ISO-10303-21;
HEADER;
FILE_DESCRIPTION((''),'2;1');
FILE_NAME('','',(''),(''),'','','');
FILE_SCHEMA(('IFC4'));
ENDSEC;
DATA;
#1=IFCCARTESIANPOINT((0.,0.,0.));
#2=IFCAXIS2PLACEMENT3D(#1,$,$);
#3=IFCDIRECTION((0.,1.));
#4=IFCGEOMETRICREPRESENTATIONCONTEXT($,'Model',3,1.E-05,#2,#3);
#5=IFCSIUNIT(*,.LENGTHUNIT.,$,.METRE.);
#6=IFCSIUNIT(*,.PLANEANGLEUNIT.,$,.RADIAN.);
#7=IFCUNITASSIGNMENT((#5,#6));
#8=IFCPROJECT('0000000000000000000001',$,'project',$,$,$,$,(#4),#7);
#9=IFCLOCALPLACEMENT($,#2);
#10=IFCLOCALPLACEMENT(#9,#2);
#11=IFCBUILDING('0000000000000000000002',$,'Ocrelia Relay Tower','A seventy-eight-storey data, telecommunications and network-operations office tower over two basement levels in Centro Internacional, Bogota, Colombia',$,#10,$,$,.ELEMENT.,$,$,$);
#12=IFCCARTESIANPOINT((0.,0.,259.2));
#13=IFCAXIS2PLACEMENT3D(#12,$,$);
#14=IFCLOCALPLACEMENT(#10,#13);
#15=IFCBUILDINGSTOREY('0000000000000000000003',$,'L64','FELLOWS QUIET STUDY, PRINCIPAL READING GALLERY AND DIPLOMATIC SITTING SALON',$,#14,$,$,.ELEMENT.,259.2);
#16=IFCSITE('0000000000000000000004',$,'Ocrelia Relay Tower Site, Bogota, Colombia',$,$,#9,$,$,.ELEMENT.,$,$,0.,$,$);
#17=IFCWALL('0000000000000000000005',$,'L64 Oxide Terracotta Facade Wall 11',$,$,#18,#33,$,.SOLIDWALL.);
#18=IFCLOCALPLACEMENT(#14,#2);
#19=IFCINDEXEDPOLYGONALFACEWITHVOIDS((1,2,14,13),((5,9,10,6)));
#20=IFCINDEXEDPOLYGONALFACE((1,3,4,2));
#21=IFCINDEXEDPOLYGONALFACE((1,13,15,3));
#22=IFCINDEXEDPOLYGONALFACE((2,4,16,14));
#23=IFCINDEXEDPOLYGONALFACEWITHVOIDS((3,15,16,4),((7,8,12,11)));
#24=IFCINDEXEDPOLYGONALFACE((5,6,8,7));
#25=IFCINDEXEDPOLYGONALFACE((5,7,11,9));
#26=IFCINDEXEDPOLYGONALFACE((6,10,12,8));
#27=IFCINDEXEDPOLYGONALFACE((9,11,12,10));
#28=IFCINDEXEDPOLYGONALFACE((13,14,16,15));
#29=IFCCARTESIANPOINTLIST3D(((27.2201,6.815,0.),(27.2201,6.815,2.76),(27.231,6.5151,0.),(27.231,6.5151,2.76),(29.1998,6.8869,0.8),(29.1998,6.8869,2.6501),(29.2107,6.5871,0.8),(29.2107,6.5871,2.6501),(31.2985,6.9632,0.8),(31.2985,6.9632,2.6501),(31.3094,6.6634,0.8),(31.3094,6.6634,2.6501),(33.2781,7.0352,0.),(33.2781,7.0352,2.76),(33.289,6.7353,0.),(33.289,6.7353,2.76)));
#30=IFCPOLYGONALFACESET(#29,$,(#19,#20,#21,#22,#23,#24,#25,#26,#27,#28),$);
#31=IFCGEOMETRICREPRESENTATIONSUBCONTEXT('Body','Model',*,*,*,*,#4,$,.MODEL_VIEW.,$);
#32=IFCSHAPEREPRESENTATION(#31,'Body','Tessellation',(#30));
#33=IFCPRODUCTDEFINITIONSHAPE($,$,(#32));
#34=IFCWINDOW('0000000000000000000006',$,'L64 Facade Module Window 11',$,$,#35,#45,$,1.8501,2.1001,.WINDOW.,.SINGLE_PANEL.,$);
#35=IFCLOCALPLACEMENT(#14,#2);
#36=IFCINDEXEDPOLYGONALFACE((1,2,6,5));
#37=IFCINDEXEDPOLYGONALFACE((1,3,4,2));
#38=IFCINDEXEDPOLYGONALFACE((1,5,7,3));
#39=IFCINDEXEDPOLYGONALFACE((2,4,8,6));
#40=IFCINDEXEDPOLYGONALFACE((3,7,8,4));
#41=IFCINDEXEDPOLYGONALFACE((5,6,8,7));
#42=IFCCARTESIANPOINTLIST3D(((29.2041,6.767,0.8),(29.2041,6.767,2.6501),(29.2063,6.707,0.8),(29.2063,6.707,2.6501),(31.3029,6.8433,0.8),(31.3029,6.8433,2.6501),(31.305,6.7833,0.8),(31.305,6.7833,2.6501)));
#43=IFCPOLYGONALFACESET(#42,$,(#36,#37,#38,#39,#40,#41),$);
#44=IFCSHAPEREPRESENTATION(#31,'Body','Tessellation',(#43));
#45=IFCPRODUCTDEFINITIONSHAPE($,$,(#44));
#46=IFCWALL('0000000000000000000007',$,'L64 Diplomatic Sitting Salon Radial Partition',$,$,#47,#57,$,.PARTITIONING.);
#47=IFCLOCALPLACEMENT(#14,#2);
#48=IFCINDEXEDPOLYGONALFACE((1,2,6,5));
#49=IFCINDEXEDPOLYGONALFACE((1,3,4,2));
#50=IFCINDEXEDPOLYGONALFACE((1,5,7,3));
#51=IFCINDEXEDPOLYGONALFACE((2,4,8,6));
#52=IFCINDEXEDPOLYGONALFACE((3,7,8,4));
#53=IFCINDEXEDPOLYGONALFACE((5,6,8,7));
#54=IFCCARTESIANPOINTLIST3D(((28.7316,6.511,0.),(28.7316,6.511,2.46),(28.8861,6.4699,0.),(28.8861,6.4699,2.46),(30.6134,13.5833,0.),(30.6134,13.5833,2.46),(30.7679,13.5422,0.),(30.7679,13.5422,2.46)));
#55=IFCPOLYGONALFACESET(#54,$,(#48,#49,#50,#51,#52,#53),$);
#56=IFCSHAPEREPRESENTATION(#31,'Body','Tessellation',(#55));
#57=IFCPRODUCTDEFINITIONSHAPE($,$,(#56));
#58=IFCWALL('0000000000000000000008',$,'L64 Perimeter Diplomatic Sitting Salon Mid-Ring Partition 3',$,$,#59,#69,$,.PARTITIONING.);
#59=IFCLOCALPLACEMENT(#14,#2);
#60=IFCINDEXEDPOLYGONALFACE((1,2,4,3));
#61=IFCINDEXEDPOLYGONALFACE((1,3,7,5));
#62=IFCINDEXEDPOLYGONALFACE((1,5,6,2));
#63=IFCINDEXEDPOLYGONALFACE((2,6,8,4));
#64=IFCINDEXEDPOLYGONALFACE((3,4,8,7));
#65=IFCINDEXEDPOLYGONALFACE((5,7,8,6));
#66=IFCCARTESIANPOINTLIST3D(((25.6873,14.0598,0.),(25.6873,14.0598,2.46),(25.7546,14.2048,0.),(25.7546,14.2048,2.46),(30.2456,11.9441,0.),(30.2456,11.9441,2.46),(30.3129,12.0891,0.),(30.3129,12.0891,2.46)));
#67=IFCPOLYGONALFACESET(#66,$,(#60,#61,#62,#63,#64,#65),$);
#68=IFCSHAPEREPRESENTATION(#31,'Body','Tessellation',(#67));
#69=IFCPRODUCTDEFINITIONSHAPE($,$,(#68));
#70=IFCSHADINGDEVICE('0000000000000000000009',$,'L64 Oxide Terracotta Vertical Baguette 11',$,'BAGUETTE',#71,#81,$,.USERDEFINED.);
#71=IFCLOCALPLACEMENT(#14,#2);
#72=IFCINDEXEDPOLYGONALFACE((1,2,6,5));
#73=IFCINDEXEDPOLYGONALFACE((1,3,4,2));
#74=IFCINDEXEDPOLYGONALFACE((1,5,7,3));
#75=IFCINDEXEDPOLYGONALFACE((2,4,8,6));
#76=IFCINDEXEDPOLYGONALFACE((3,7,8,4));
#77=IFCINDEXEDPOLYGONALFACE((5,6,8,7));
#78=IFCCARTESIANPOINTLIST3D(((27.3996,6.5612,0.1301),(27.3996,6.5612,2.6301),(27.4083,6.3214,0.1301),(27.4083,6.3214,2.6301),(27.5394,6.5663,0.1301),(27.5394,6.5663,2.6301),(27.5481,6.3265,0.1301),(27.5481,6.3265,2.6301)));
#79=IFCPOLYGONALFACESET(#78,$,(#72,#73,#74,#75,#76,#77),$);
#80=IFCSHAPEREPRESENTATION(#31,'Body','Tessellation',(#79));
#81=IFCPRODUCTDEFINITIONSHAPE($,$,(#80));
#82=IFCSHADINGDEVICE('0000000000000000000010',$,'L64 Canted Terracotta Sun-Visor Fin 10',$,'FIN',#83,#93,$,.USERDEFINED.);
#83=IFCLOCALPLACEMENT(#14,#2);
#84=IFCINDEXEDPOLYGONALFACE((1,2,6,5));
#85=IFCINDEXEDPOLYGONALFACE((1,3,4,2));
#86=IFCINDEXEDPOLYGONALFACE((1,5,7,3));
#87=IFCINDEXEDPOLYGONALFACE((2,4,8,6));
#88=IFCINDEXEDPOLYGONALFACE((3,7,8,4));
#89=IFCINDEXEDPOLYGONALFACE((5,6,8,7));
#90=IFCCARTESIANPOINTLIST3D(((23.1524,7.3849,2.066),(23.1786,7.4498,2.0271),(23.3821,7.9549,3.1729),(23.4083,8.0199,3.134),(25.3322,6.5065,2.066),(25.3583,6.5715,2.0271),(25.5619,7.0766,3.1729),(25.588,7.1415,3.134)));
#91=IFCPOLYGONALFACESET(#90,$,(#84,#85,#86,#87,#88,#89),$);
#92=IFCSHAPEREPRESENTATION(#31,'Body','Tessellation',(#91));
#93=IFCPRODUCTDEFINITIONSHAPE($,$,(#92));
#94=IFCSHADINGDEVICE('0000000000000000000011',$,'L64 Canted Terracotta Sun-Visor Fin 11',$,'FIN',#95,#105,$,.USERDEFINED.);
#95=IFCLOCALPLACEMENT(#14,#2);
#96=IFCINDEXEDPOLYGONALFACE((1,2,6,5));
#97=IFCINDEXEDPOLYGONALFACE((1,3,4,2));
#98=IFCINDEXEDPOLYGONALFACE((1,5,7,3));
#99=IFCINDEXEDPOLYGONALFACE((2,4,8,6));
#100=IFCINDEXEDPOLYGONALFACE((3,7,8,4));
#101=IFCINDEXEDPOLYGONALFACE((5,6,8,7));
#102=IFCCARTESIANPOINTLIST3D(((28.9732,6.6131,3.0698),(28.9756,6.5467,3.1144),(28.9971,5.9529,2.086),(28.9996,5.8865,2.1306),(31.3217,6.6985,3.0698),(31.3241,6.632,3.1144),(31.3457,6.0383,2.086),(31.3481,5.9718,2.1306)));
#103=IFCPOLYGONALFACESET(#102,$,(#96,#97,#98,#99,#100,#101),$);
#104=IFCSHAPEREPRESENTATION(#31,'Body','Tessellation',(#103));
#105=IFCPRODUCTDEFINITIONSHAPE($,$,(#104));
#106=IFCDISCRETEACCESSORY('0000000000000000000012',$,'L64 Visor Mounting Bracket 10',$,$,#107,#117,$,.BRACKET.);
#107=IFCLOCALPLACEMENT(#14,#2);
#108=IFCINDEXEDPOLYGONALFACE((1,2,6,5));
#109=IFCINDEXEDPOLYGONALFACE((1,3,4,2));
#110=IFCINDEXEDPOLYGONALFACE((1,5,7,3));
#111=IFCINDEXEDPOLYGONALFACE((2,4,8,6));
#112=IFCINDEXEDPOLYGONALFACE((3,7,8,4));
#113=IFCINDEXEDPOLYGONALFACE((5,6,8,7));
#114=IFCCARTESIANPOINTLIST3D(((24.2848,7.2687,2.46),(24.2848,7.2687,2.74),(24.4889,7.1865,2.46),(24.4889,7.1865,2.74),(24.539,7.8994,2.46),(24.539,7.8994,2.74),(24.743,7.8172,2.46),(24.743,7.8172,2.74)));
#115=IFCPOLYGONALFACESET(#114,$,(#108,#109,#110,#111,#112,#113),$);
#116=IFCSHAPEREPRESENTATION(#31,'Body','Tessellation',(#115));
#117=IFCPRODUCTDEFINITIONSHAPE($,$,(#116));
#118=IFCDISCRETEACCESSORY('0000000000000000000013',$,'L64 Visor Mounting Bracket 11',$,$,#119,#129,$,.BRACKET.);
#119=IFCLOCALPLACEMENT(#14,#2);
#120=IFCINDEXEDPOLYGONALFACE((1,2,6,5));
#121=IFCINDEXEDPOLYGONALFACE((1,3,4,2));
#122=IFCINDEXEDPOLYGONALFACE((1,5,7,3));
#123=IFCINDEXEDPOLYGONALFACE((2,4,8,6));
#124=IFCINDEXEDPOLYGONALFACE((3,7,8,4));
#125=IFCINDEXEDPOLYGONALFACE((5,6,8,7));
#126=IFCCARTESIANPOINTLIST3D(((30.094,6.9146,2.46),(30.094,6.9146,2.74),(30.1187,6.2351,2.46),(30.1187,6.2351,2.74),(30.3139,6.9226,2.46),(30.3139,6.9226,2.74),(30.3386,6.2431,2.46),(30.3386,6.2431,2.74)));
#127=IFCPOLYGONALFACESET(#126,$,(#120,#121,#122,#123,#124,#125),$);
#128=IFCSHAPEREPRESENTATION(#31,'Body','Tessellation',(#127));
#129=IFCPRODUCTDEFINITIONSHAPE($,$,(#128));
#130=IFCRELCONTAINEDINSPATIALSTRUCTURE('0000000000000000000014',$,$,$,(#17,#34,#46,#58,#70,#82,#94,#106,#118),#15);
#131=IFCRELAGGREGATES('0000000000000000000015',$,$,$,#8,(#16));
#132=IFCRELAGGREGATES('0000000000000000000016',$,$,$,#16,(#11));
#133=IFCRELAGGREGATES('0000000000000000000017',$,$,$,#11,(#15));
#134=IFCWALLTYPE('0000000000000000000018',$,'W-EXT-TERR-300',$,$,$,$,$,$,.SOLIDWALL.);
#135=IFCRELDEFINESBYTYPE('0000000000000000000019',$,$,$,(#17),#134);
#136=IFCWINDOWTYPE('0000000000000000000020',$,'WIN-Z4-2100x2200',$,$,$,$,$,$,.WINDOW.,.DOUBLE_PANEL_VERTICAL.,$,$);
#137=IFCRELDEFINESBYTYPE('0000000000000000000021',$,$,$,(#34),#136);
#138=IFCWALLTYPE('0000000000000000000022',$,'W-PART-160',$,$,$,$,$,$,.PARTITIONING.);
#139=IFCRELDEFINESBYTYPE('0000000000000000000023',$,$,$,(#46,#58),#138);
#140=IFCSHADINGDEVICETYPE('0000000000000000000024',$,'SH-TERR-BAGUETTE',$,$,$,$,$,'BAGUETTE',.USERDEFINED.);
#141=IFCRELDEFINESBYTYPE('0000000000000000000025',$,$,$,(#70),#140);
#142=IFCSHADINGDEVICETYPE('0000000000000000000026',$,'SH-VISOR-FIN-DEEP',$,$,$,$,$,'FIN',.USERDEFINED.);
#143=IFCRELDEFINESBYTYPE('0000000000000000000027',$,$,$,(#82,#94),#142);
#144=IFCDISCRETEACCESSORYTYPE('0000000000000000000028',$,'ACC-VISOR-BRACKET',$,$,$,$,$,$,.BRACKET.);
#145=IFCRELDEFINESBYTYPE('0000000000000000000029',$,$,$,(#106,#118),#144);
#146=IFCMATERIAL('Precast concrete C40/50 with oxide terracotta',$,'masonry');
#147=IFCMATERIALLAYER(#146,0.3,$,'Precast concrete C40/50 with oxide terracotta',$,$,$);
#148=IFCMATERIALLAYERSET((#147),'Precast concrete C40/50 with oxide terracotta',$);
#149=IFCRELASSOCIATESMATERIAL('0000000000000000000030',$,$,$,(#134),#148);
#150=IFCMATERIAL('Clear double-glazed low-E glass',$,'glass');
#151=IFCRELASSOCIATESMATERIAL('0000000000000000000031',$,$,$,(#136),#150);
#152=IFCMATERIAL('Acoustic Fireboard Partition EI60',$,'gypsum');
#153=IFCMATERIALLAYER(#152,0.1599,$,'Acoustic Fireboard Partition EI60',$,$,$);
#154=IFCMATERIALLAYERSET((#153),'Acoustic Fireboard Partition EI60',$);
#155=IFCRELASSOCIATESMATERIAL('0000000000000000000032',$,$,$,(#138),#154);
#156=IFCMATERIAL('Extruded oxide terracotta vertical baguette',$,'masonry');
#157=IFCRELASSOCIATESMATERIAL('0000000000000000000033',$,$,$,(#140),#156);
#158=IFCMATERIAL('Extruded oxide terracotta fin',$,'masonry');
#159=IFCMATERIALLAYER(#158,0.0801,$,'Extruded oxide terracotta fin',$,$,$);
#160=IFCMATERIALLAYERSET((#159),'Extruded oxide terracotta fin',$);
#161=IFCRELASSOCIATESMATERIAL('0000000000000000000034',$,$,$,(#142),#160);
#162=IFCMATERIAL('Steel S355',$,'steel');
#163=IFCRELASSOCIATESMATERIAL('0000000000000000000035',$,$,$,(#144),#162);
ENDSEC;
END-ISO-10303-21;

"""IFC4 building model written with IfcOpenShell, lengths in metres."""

from ifc_helpers import new_model, si_unit, direction, frame, frame_2d, origin, origin_2d, place, context, subcontext, project, spatial, rectangle, extrude, material, layer, layer_set, type_object, element, fill, save


model = new_model("IFC4")

# Units and contexts
model_context = context("Model", 3, precision=1e-05, world=origin(), true_north=direction((0.0, 1.0)))
body_context = subcontext(model_context, "Body", "Model", "MODEL_VIEW")
ifc_project = project(units=[si_unit("LENGTHUNIT", "METRE"), si_unit("PLANEANGLEUNIT", "RADIAN")], contexts=[model_context])

# Site, building, storey
site_placement = place(None, origin())
site = spatial("IfcSite", under=ifc_project, at=site_placement, Name="Ocrelia Relay Tower Site, Bogota, Colombia", CompositionType="ELEMENT", RefElevation=0.0)
building_placement = place(site_placement, origin())
building = spatial("IfcBuilding", under=site, at=building_placement, Name="Ocrelia Relay Tower", Description="A seventy-eight-storey data, telecommunications and network-operations office tower over two basement levels in Centro Internacional, Bogota, Colombia", CompositionType="ELEMENT")
storey_placement = place(building_placement, frame((0.0, 0.0, 259.2)))
storey = spatial("IfcBuildingStorey", under=building, at=storey_placement, Name="L64", Description="FELLOWS QUIET STUDY, PRINCIPAL READING GALLERY AND DIPLOMATIC SITTING SALON", CompositionType="ELEMENT", Elevation=259.2)

# Shared definitions
ifc_material_1 = material(Name="Steel S355", Category="steel")

# Shared definitions
ifc_material_2 = material(Name="Clear double-glazed low-E glass", Category="glass")

# Wall, opening, window
ifc_material_3 = material(Name="Precast concrete C40/50 with oxide terracotta", Category="masonry")
ifc_layer_1 = layer(ifc_material_3, 0.3, Name="Precast concrete C40/50 with oxide terracotta")
ifc_layer_set_1 = layer_set([ifc_layer_1], Name="Precast concrete C40/50 with oxide terracotta")
wall_type_1 = type_object("IfcWallType", Name="W-EXT-TERR-300", PredefinedType="SOLIDWALL", material=ifc_layer_set_1)
wall_1_placement = place(storey_placement, frame((27.2256, 6.665, 0.0), z_axis=(0.0, 0.0, 1.0), x_axis=(0.99934, 0.036326, 0.0)))
wall_1 = element("IfcWall", 1, at=wall_1_placement, inside=storey, type_object=wall_type_1, Name="L64 Oxide Terracotta Facade Wall 11", PredefinedType="SOLIDWALL", context=body_context, shape_type="SweptSolid", body=[
    extrude(rectangle(XDim=6.062, YDim=0.3, at=frame_2d((3.031, 0.0))), origin(), (0.0, 0.0, 1.0), 2.76),
])
opening_1_placement = place(wall_1_placement, frame((1.981, 0.0, 0.8)))
opening_1 = element("IfcOpeningElement", 2, at=opening_1_placement, cuts=wall_1, PredefinedType="OPENING", context=body_context, shape_type="SweptSolid", body=[
    extrude(rectangle(XDim=2.1001, YDim=1.8501, at=frame_2d((1.05, 0.925))), frame((0.0, 0.1602, 0.0), z_axis=(0.0, -1.0, 0.0), x_axis=(1.0, 0.0, 0.0)), (0.0, 0.0, 1.0), 0.3201),
])
window_type = type_object("IfcWindowType", Name="WIN-Z4-2100x2200", PartitioningType="DOUBLE_PANEL_VERTICAL", PredefinedType="WINDOW", material=ifc_material_2)
window_placement = place(opening_1_placement, origin())
window = element("IfcWindow", 3, at=window_placement, inside=storey, type_object=window_type, Name="L64 Facade Module Window 11", OverallHeight=1.8501, OverallWidth=2.1001, PartitioningType="SINGLE_PANEL", PredefinedType="WINDOW", context=body_context, shape_type="SweptSolid", body=[
    extrude(rectangle(XDim=2.1001, YDim=1.8501, at=frame_2d((1.05, 0.925))), frame((0.0, 0.03, 0.0), z_axis=(0.0, -1.0, 0.0), x_axis=(1.0, 0.0, 0.0)), (0.0, 0.0, 1.0), 0.0601),
])
fill(opening_1, window)

# Wall
ifc_material_4 = material(Name="Acoustic Fireboard Partition EI60", Category="gypsum")
ifc_layer_2 = layer(ifc_material_4, 0.1599, Name="Acoustic Fireboard Partition EI60")
ifc_layer_set_2 = layer_set([ifc_layer_2], Name="Acoustic Fireboard Partition EI60")
wall_type_2 = type_object("IfcWallType", Name="W-PART-160", PredefinedType="PARTITIONING", material=ifc_layer_set_2)
wall_2_placement = place(storey_placement, frame((30.6907, 13.5627, 0.0), z_axis=(0.0, 0.0, 1.0), x_axis=(-0.257139, -0.966374, 0.0)))
element("IfcWall", 4, at=wall_2_placement, inside=storey, type_object=wall_type_2, Name="L64 Diplomatic Sitting Salon Radial Partition", PredefinedType="PARTITIONING", context=body_context, shape_type="SweptSolid", body=[
    extrude(rectangle(XDim=7.3184, YDim=0.1599, at=frame_2d((3.6592, 0.0))), origin(), (0.0, 0.0, 1.0), 2.46),
])

# Wall
wall_3_placement = place(storey_placement, frame((25.7209, 14.1323, 0.0), z_axis=(0.0, 0.0, 1.0), x_axis=(0.907059, -0.421004, 0.0)))
element("IfcWall", 5, at=wall_3_placement, inside=storey, type_object=wall_type_2, Name="L64 Perimeter Diplomatic Sitting Salon Mid-Ring Partition 3", PredefinedType="PARTITIONING", context=body_context, shape_type="SweptSolid", body=[
    extrude(rectangle(XDim=5.0254, YDim=0.1599, at=frame_2d((2.5127, 0.0))), origin(), (0.0, 0.0, 1.0), 2.46),
])

# Shading devices
ifc_material_5 = material(Name="Extruded oxide terracotta vertical baguette", Category="masonry")
shading_device_type_1 = type_object("IfcShadingDeviceType", Name="SH-TERR-BAGUETTE", ElementType="BAGUETTE", PredefinedType="USERDEFINED", material=ifc_material_5)
shading_device_1_placement = place(storey_placement, frame((27.4739, 6.4438, 0.1301), z_axis=(0.0, 0.0, 1.0), x_axis=(0.99934, 0.036325, 0.0)))
element("IfcShadingDevice", 6, at=shading_device_1_placement, inside=storey, type_object=shading_device_type_1, Name="L64 Oxide Terracotta Vertical Baguette 11", ObjectType="BAGUETTE", PredefinedType="USERDEFINED", context=body_context, shape_type="SweptSolid", body=[
    extrude(rectangle(XDim=0.1399, YDim=0.24, at=origin_2d()), origin(), (0.0, 0.0, 1.0), 2.5),
])
ifc_material_6 = material(Name="Extruded oxide terracotta fin", Category="masonry")
ifc_layer_3 = layer(ifc_material_6, 0.0801, Name="Extruded oxide terracotta fin")
ifc_layer_set_3 = layer_set([ifc_layer_3], Name="Extruded oxide terracotta fin")
shading_device_type_2 = type_object("IfcShadingDeviceType", Name="SH-VISOR-FIN-DEEP", ElementType="FIN", PredefinedType="USERDEFINED", material=ifc_layer_set_3)
shading_device_2_placement = place(storey_placement, frame((24.3833, 7.2957, 2.5806), z_axis=(-0.326764, -0.810921, 0.48542), x_axis=(0.927529, -0.373751, 0.0)))
element("IfcShadingDevice", 7, at=shading_device_2_placement, inside=storey, type_object=shading_device_type_2, Name="L64 Canted Terracotta Sun-Visor Fin 10", ObjectType="FIN", PredefinedType="USERDEFINED", context=body_context, shape_type="SweptSolid", body=[
    extrude(rectangle(XDim=2.3501, YDim=1.2661, at=origin_2d()), origin(), (0.0, 0.0, 1.0), 0.0801),
])
shading_device_3_placement = place(storey_placement, frame((30.1594, 6.3257, 2.5779), z_axis=(0.030157, -0.829659, 0.557455), x_axis=(0.99934, 0.036325, 0.0)))
element("IfcShadingDevice", 8, at=shading_device_3_placement, inside=storey, type_object=shading_device_type_2, Name="L64 Canted Terracotta Sun-Visor Fin 11", ObjectType="FIN", PredefinedType="USERDEFINED", context=body_context, shape_type="SweptSolid", body=[
    extrude(rectangle(XDim=2.3501, YDim=1.1851, at=origin_2d()), origin(), (0.0, 0.0, 1.0), 0.0801),
])

# Discrete accessories
discrete_accessory_type = type_object("IfcDiscreteAccessoryType", Name="ACC-VISOR-BRACKET", PredefinedType="BRACKET", material=ifc_material_1)
for number, where, z_axis, x_axis, name in (
    (9, (24.5139, 7.543, 2.46), (0.0, 0.0, 1.0), (0.927529, -0.373751, 0.0), "L64 Visor Mounting Bracket 10"),
    (10, (30.2163, 6.5789, 2.46), (0.0, 0.0, 1.0), (0.99934, 0.036325, 0.0), "L64 Visor Mounting Bracket 11"),
):
    element("IfcDiscreteAccessory", number, at=place(storey_placement, frame(where, z_axis=z_axis, x_axis=x_axis)), inside=storey, type_object=discrete_accessory_type, Name=name, PredefinedType="BRACKET", context=body_context, shape_type="SweptSolid", body=[
        extrude(rectangle(XDim=0.22, YDim=0.6799, at=origin_2d()), origin(), (0.0, 0.0, 1.0), 0.28),
    ])

save(model, "model.ifc")
